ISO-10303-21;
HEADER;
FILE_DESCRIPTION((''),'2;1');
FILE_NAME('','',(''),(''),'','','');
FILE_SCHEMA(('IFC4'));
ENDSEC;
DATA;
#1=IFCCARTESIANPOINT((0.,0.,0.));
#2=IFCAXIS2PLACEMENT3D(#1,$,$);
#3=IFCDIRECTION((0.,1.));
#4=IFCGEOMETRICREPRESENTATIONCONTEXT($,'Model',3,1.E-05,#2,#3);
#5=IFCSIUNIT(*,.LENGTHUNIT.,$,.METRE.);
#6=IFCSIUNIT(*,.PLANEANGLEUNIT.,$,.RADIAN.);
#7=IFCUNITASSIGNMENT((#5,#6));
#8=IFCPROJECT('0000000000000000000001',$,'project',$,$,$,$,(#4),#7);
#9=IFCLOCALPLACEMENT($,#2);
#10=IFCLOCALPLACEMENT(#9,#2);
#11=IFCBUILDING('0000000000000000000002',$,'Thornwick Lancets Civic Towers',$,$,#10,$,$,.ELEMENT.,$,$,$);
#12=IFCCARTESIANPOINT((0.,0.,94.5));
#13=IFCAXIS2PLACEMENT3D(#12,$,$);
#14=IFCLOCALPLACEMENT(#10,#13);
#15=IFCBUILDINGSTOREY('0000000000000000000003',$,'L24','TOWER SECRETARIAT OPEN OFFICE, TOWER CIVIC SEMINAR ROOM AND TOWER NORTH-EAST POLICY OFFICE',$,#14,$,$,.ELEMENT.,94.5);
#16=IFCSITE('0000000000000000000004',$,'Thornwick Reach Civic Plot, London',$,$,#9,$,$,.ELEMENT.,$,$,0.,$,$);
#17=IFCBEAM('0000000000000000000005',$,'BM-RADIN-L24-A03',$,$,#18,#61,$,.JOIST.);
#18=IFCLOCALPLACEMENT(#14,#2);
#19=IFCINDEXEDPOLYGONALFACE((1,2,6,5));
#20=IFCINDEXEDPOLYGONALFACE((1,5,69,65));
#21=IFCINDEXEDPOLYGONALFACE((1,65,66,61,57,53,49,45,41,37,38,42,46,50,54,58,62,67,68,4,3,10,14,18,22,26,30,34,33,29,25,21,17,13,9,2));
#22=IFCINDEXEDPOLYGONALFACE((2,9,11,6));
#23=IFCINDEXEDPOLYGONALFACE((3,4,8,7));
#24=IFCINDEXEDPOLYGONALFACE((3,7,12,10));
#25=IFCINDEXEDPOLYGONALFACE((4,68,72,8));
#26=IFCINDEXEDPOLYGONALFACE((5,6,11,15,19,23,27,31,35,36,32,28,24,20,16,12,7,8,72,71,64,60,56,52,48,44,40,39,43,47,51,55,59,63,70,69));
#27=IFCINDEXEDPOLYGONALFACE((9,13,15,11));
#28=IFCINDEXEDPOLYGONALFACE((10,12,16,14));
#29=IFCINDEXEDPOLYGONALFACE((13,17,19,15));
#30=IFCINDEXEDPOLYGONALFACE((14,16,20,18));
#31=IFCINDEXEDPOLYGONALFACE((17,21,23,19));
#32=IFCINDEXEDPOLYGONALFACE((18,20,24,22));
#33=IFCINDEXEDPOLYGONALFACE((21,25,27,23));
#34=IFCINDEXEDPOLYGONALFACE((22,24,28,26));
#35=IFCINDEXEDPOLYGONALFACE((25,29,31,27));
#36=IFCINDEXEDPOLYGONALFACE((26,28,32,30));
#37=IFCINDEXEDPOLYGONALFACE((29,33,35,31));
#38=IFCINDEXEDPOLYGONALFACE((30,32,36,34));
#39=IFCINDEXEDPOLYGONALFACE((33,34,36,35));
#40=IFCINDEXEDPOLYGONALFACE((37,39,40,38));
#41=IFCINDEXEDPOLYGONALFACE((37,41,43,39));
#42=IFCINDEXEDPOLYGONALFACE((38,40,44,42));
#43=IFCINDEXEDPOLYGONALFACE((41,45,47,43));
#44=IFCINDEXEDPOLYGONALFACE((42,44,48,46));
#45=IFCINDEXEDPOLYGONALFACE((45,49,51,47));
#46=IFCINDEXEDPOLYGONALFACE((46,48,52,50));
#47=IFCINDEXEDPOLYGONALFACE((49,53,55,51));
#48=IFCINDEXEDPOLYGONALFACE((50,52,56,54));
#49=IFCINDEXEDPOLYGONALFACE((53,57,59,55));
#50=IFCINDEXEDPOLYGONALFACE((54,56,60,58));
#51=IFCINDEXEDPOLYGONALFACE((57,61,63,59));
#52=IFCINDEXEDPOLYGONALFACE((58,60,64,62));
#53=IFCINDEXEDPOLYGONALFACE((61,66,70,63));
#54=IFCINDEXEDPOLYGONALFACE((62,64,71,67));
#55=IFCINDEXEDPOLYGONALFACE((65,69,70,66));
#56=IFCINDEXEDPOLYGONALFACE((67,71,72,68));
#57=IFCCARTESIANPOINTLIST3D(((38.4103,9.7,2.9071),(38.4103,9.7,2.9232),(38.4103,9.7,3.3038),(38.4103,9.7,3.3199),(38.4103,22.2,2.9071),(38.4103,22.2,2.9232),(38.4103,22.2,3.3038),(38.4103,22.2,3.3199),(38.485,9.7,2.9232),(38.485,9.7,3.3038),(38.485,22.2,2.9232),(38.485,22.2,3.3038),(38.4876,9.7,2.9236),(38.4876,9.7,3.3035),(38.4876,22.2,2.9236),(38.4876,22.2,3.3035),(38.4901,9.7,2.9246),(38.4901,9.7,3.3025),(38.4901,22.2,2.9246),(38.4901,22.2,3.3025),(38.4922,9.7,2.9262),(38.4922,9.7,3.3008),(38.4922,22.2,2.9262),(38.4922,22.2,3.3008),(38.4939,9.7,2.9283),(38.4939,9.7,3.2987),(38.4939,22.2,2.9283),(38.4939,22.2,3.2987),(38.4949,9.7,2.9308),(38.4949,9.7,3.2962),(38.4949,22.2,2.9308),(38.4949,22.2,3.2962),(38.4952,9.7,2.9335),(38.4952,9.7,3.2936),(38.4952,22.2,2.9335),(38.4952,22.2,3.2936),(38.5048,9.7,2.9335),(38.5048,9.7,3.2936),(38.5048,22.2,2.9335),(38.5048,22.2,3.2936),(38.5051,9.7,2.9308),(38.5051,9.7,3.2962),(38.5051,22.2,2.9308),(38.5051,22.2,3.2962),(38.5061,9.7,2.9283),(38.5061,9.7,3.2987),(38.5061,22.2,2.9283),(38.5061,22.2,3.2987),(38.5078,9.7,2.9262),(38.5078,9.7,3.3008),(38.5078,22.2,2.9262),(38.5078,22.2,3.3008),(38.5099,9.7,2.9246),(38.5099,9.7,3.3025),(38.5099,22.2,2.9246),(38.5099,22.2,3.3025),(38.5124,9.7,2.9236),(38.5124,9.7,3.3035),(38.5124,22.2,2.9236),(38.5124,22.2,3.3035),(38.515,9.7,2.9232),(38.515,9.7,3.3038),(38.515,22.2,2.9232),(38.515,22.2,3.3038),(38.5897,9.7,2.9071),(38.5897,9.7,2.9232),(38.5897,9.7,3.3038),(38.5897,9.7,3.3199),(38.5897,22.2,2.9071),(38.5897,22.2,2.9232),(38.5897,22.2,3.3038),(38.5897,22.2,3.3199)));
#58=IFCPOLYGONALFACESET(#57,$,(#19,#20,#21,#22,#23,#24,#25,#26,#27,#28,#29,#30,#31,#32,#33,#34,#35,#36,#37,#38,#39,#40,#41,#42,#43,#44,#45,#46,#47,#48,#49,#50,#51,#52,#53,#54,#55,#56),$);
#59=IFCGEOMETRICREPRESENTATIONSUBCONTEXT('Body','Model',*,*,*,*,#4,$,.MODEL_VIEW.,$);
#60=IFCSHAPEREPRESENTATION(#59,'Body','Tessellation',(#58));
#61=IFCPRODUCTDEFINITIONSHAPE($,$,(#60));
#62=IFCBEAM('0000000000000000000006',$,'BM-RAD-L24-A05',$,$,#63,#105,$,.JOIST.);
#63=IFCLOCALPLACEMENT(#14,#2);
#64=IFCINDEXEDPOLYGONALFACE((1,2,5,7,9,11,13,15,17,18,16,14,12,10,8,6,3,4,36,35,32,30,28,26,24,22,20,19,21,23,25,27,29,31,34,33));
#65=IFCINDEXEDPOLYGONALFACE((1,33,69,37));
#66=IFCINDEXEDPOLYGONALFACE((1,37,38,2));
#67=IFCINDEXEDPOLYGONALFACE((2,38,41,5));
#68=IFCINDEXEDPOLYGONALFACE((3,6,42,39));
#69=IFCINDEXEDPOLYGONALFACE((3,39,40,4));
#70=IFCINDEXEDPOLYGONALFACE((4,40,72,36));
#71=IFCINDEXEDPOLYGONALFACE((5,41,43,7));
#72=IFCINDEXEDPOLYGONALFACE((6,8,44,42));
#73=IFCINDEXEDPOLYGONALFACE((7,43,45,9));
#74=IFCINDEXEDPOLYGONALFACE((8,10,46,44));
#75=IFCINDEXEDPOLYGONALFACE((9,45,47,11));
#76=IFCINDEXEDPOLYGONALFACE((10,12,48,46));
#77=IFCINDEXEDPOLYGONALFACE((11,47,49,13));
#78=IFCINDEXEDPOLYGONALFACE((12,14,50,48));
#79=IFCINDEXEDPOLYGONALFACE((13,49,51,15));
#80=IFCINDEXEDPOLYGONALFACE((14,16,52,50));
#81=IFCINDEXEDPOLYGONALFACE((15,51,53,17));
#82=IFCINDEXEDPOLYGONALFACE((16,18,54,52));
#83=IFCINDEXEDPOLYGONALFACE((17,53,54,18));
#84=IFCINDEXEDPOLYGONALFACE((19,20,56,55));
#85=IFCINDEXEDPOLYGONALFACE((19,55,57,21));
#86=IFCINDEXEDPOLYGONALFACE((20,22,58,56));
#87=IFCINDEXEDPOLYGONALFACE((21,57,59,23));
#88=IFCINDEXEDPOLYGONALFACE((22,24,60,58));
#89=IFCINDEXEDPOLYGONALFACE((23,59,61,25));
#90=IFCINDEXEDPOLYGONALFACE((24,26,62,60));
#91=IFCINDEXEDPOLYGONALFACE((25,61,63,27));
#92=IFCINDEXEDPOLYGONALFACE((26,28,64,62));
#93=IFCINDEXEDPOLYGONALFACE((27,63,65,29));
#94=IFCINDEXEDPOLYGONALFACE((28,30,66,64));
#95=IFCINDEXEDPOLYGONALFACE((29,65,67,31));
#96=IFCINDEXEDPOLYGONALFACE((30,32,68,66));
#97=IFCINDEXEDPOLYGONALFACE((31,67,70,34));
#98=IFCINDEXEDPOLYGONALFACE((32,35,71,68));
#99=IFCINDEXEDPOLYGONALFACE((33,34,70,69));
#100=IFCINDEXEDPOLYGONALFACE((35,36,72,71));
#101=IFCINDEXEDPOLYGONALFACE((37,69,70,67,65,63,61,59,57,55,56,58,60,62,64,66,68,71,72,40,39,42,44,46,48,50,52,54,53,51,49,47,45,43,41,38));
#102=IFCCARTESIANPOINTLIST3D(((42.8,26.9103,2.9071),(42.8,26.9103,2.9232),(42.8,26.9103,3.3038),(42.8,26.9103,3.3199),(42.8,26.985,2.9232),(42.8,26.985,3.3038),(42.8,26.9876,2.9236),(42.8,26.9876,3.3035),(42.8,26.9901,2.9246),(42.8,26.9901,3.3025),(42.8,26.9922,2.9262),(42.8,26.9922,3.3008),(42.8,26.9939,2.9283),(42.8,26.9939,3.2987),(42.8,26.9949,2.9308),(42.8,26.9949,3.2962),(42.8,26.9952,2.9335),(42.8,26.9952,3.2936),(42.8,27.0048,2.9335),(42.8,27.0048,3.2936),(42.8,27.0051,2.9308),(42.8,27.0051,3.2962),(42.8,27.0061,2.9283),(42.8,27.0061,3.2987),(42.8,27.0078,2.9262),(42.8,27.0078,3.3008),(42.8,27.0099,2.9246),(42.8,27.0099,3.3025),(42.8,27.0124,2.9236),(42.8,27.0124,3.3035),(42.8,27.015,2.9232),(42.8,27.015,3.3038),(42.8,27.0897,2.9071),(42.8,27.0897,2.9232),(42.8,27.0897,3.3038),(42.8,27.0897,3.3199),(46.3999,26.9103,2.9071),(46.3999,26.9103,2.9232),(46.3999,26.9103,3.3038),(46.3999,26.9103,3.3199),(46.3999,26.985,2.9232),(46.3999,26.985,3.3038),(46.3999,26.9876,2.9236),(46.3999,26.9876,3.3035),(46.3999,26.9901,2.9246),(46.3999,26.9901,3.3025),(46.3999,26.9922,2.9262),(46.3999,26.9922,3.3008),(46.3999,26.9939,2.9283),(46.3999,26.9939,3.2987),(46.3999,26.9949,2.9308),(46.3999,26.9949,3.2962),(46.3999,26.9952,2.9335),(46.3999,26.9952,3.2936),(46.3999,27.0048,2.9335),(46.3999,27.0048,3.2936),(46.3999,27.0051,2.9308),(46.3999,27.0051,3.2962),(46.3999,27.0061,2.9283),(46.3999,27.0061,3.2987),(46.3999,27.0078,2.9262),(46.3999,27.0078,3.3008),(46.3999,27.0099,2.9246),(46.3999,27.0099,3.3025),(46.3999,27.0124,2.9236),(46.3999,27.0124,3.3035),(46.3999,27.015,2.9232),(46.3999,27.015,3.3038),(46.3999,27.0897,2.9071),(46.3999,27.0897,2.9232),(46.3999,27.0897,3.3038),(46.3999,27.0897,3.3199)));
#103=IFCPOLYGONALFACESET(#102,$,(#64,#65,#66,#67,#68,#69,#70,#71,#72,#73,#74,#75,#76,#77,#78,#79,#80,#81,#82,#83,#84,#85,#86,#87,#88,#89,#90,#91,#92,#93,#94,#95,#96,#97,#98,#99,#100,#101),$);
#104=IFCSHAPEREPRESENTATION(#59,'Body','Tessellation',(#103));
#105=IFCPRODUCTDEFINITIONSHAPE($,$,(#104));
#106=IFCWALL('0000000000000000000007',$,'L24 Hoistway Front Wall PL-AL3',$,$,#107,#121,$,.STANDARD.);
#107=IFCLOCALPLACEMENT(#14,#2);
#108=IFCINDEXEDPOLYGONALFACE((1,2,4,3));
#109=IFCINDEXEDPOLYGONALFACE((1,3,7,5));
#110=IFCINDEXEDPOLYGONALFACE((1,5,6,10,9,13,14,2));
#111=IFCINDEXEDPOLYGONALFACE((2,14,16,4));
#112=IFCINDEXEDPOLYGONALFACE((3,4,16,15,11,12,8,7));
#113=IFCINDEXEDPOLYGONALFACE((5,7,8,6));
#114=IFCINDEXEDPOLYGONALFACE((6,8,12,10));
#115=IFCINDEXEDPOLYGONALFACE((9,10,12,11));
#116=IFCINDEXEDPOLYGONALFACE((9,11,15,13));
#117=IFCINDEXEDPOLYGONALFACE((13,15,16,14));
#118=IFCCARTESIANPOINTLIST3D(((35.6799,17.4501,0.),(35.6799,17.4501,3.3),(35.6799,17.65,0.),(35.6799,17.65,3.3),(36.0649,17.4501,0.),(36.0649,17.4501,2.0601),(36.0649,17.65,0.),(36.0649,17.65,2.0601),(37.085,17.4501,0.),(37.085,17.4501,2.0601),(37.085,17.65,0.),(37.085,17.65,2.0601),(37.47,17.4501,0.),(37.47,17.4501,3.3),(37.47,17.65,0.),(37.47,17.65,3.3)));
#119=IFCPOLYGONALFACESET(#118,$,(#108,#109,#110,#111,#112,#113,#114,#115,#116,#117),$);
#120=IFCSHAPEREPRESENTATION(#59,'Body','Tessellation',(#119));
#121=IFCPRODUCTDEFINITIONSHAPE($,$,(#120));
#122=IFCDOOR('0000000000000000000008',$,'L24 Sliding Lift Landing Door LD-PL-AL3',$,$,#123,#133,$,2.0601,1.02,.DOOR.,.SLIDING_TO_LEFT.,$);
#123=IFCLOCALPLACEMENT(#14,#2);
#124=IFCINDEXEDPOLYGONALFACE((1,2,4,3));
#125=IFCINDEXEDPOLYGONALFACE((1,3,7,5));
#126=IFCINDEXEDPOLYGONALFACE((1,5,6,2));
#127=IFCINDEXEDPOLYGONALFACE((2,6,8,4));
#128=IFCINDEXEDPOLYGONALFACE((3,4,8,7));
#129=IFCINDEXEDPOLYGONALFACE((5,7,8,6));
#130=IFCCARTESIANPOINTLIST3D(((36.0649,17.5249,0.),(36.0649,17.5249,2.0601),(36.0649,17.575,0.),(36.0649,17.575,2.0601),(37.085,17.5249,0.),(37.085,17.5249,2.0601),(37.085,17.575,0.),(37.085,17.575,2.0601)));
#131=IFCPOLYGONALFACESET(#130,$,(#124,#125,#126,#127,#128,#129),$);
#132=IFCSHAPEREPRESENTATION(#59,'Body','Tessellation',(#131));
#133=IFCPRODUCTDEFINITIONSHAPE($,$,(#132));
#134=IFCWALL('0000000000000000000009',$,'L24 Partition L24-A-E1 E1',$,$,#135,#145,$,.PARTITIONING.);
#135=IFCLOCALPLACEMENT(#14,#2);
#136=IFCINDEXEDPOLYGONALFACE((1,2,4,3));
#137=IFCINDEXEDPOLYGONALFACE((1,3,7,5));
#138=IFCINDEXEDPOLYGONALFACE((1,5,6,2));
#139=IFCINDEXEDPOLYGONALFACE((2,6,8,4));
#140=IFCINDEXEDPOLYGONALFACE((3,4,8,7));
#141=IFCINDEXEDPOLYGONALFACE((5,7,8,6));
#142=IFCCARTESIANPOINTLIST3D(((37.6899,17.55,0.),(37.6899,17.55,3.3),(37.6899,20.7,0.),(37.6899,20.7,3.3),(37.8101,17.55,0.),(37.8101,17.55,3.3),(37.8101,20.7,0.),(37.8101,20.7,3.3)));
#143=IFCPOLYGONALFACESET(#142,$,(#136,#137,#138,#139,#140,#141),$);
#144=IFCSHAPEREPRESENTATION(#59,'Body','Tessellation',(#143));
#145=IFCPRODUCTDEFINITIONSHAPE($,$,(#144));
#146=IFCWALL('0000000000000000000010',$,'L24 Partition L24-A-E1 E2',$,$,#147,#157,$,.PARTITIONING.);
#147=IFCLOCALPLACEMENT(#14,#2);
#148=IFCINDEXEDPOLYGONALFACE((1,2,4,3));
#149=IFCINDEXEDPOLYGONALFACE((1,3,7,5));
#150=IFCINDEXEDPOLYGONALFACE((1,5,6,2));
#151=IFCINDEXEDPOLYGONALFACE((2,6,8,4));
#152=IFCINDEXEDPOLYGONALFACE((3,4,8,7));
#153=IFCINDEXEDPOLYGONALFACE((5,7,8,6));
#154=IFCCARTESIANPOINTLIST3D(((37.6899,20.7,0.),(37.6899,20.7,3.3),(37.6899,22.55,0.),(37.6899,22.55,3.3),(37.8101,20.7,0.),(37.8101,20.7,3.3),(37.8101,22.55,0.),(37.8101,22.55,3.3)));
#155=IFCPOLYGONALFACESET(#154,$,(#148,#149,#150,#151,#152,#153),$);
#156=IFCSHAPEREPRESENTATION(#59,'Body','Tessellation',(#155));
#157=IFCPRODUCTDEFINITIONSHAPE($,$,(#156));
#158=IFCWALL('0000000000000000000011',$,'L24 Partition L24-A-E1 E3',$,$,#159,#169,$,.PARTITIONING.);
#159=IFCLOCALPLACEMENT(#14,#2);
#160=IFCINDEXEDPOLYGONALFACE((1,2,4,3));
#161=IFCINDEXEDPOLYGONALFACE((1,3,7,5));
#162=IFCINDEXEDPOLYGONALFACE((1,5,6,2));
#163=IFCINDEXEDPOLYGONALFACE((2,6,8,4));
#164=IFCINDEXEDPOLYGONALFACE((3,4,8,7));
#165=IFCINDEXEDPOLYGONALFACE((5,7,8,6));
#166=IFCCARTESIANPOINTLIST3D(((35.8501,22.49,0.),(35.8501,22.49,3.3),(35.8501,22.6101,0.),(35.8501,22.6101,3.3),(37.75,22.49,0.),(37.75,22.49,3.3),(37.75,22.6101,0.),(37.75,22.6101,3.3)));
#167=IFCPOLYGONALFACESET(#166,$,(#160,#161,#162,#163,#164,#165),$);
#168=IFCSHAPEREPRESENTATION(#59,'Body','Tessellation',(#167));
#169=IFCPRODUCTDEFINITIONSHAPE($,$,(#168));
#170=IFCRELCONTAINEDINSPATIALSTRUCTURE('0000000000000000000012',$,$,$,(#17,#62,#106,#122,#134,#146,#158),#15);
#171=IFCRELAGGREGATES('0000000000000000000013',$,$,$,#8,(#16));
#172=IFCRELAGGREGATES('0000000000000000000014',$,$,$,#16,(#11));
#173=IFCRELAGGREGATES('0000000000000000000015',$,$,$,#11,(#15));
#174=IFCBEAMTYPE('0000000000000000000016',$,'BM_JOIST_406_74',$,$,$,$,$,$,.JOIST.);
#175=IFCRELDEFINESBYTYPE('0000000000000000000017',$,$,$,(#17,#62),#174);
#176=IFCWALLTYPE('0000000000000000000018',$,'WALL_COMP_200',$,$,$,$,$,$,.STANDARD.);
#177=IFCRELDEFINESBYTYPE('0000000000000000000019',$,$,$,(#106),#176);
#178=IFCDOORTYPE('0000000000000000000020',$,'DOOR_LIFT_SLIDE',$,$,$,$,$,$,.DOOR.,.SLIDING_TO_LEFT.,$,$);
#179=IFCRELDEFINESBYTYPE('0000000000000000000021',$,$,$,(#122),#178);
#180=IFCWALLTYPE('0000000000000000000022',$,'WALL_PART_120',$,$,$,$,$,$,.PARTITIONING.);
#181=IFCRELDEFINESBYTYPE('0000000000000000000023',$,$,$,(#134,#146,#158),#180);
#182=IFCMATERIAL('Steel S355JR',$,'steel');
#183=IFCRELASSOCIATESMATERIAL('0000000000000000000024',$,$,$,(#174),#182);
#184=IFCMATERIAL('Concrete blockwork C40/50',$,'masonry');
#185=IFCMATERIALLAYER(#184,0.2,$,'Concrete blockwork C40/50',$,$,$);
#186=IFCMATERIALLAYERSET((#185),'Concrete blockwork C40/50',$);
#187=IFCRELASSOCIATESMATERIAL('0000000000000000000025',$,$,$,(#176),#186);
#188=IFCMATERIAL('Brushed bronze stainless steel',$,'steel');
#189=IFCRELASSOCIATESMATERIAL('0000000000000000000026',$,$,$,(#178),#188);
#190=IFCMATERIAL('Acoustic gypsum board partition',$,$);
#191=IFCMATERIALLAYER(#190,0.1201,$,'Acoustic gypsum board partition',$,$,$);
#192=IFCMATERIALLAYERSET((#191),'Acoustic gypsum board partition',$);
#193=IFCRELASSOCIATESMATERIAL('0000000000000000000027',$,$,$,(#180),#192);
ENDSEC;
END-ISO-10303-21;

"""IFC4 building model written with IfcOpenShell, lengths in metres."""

from ifc_helpers import new_model, si_unit, direction, frame, frame_2d, origin, origin_2d, place, context, subcontext, project, spatial, rectangle, i_section, extrude, material, layer, layer_set, material_profile, profile_set, type_object, element, fill, save


model = new_model("IFC4")

# Units and contexts
model_context = context("Model", 3, precision=1e-05, world=origin(), true_north=direction((0.0, 1.0)))
body_context = subcontext(model_context, "Body", "Model", "MODEL_VIEW")
ifc_project = project(units=[si_unit("LENGTHUNIT", "METRE"), si_unit("PLANEANGLEUNIT", "RADIAN")], contexts=[model_context])

# Site, building, storey
site_placement = place(None, origin())
site = spatial("IfcSite", under=ifc_project, at=site_placement, Name="Thornwick Reach Civic Plot, London", CompositionType="ELEMENT", RefElevation=0.0)
building_placement = place(site_placement, origin())
building = spatial("IfcBuilding", under=site, at=building_placement, Name="Thornwick Lancets Civic Towers", CompositionType="ELEMENT")
storey_placement = place(building_placement, frame((0.0, 0.0, 94.5)))
storey = spatial("IfcBuildingStorey", under=building, at=storey_placement, Name="L24", Description="TOWER SECRETARIAT OPEN OFFICE, TOWER CIVIC SEMINAR ROOM AND TOWER NORTH-EAST POLICY OFFICE", CompositionType="ELEMENT", Elevation=94.5)

# Beams
ifc_material_1 = material(Name="Steel S355JR", Category="steel")
ifc_material_profile_1 = material_profile(ifc_material_1, i_section(OverallWidth=0.1794, OverallDepth=0.4128, WebThickness=0.0095, FlangeThickness=0.0161, FilletRadius=0.0103, at=origin_2d()), Name="UKB 406x178x74")
ifc_profile_set_1 = profile_set([ifc_material_profile_1], Name="Steel S355JR")
beam_type_1 = type_object("IfcBeamType", Name="BM_JOIST_406_74", PredefinedType="JOIST", material=ifc_profile_set_1)
beam_1_placement = place(storey_placement, frame((38.5, 22.2, 3.1135), z_axis=(0.0, -1.0, 0.0), x_axis=(1.0, 0.0, 0.0)))
element("IfcBeam", 1, at=beam_1_placement, inside=storey, type_object=beam_type_1, Name="BM-RADIN-L24-A03", PredefinedType="JOIST", context=body_context, shape_type="SweptSolid", body=[
    extrude(i_section(OverallWidth=0.1794, OverallDepth=0.4128, WebThickness=0.0095, FlangeThickness=0.0161, FilletRadius=0.0103, at=origin_2d()), origin(), (0.0, 0.0, 1.0), 12.5),
])
beam_2_placement = place(storey_placement, frame((42.8, 27.0, 3.1135), z_axis=(1.0, 0.0, 0.0), x_axis=(0.0, 1.0, 0.0)))
element("IfcBeam", 2, at=beam_2_placement, inside=storey, type_object=beam_type_1, Name="BM-RAD-L24-A05", PredefinedType="JOIST", context=body_context, shape_type="SweptSolid", body=[
    extrude(i_section(OverallWidth=0.1794, OverallDepth=0.4128, WebThickness=0.0095, FlangeThickness=0.0161, FilletRadius=0.0103, at=origin_2d()), origin(), (0.0, 0.0, 1.0), 3.5999),
])

# Wall, opening, door
ifc_material_2 = material(Name="Concrete blockwork C40/50", Category="masonry")
ifc_layer_1 = layer(ifc_material_2, 0.2, Name="Concrete blockwork C40/50")
ifc_layer_set_1 = layer_set([ifc_layer_1], Name="Concrete blockwork C40/50")
wall_type_1 = type_object("IfcWallType", Name="WALL_COMP_200", PredefinedType="STANDARD", material=ifc_layer_set_1)
wall_1_placement = place(storey_placement, frame((35.6799, 17.55, 0.0), z_axis=(0.0, 0.0, 1.0), x_axis=(1.0, 0.0, 0.0)))
wall_1 = element("IfcWall", 3, at=wall_1_placement, inside=storey, type_object=wall_type_1, Name="L24 Hoistway Front Wall PL-AL3", PredefinedType="STANDARD", context=body_context, shape_type="SweptSolid", body=[
    extrude(rectangle(XDim=1.79, YDim=0.2, at=frame_2d((0.895, 0.0))), origin(), (0.0, 0.0, 1.0), 3.3),
])
opening_1_placement = place(wall_1_placement, frame((0.385, 0.0, 0.0)))
opening_1 = element("IfcOpeningElement", 4, at=opening_1_placement, cuts=wall_1, PredefinedType="OPENING", context=body_context, shape_type="SweptSolid", body=[
    extrude(rectangle(XDim=1.02, YDim=2.0601, at=frame_2d((0.51, 1.03))), frame((0.0, 0.1099, 0.0), z_axis=(0.0, -1.0, 0.0), x_axis=(1.0, 0.0, 0.0)), (0.0, 0.0, 1.0), 0.22),
])
ifc_material_3 = material(Name="Brushed bronze stainless steel", Category="steel")
door_type_1 = type_object("IfcDoorType", Name="DOOR_LIFT_SLIDE", OperationType="SLIDING_TO_LEFT", PredefinedType="DOOR", material=ifc_material_3)
door_1_placement = place(opening_1_placement, origin())
door_1 = element("IfcDoor", 5, at=door_1_placement, inside=storey, type_object=door_type_1, Name="L24 Sliding Lift Landing Door LD-PL-AL3", OperationType="SLIDING_TO_LEFT", OverallHeight=2.0601, OverallWidth=1.02, PredefinedType="DOOR", context=body_context, shape_type="SweptSolid", body=[
    extrude(rectangle(XDim=1.02, YDim=2.0601, at=frame_2d((0.51, 1.03))), frame((0.0, 0.0249, 0.0), z_axis=(0.0, -1.0, 0.0), x_axis=(1.0, 0.0, 0.0)), (0.0, 0.0, 1.0), 0.05),
])
fill(opening_1, door_1)

# Walls
ifc_material_4 = material(Name="Acoustic gypsum board partition")
ifc_layer_2 = layer(ifc_material_4, 0.1201, Name="Acoustic gypsum board partition")
ifc_layer_set_2 = layer_set([ifc_layer_2], Name="Acoustic gypsum board partition")
wall_type_2 = type_object("IfcWallType", Name="WALL_PART_120", PredefinedType="PARTITIONING", material=ifc_layer_set_2)
wall_2_placement = place(storey_placement, frame((37.75, 17.55, 0.0), z_axis=(0.0, 0.0, 1.0), x_axis=(0.0, 1.0, 0.0)))
element("IfcWall", 6, at=wall_2_placement, inside=storey, type_object=wall_type_2, Name="L24 Partition L24-A-E1 E1", PredefinedType="PARTITIONING", context=body_context, shape_type="SweptSolid", body=[
    extrude(rectangle(XDim=3.1499, YDim=0.1201, at=frame_2d((1.575, 0.0))), origin(), (0.0, 0.0, 1.0), 3.3),
])
wall_3_placement = place(storey_placement, frame((37.75, 20.7, 0.0), z_axis=(0.0, 0.0, 1.0), x_axis=(0.0, 1.0, 0.0)))
element("IfcWall", 7, at=wall_3_placement, inside=storey, type_object=wall_type_2, Name="L24 Partition L24-A-E1 E2", PredefinedType="PARTITIONING", context=body_context, shape_type="SweptSolid", body=[
    extrude(rectangle(XDim=1.8501, YDim=0.1201, at=frame_2d((0.925, 0.0))), origin(), (0.0, 0.0, 1.0), 3.3),
])
wall_4_placement = place(storey_placement, frame((37.75, 22.55, 0.0), z_axis=(0.0, 0.0, 1.0), x_axis=(-1.0, 0.0, 0.0)))
element("IfcWall", 8, at=wall_4_placement, inside=storey, type_object=wall_type_2, Name="L24 Partition L24-A-E1 E3", PredefinedType="PARTITIONING", context=body_context, shape_type="SweptSolid", body=[
    extrude(rectangle(XDim=1.8999, YDim=0.1201, at=frame_2d((0.95, 0.0))), origin(), (0.0, 0.0, 1.0), 3.3),
])

save(model, "model.ifc")
